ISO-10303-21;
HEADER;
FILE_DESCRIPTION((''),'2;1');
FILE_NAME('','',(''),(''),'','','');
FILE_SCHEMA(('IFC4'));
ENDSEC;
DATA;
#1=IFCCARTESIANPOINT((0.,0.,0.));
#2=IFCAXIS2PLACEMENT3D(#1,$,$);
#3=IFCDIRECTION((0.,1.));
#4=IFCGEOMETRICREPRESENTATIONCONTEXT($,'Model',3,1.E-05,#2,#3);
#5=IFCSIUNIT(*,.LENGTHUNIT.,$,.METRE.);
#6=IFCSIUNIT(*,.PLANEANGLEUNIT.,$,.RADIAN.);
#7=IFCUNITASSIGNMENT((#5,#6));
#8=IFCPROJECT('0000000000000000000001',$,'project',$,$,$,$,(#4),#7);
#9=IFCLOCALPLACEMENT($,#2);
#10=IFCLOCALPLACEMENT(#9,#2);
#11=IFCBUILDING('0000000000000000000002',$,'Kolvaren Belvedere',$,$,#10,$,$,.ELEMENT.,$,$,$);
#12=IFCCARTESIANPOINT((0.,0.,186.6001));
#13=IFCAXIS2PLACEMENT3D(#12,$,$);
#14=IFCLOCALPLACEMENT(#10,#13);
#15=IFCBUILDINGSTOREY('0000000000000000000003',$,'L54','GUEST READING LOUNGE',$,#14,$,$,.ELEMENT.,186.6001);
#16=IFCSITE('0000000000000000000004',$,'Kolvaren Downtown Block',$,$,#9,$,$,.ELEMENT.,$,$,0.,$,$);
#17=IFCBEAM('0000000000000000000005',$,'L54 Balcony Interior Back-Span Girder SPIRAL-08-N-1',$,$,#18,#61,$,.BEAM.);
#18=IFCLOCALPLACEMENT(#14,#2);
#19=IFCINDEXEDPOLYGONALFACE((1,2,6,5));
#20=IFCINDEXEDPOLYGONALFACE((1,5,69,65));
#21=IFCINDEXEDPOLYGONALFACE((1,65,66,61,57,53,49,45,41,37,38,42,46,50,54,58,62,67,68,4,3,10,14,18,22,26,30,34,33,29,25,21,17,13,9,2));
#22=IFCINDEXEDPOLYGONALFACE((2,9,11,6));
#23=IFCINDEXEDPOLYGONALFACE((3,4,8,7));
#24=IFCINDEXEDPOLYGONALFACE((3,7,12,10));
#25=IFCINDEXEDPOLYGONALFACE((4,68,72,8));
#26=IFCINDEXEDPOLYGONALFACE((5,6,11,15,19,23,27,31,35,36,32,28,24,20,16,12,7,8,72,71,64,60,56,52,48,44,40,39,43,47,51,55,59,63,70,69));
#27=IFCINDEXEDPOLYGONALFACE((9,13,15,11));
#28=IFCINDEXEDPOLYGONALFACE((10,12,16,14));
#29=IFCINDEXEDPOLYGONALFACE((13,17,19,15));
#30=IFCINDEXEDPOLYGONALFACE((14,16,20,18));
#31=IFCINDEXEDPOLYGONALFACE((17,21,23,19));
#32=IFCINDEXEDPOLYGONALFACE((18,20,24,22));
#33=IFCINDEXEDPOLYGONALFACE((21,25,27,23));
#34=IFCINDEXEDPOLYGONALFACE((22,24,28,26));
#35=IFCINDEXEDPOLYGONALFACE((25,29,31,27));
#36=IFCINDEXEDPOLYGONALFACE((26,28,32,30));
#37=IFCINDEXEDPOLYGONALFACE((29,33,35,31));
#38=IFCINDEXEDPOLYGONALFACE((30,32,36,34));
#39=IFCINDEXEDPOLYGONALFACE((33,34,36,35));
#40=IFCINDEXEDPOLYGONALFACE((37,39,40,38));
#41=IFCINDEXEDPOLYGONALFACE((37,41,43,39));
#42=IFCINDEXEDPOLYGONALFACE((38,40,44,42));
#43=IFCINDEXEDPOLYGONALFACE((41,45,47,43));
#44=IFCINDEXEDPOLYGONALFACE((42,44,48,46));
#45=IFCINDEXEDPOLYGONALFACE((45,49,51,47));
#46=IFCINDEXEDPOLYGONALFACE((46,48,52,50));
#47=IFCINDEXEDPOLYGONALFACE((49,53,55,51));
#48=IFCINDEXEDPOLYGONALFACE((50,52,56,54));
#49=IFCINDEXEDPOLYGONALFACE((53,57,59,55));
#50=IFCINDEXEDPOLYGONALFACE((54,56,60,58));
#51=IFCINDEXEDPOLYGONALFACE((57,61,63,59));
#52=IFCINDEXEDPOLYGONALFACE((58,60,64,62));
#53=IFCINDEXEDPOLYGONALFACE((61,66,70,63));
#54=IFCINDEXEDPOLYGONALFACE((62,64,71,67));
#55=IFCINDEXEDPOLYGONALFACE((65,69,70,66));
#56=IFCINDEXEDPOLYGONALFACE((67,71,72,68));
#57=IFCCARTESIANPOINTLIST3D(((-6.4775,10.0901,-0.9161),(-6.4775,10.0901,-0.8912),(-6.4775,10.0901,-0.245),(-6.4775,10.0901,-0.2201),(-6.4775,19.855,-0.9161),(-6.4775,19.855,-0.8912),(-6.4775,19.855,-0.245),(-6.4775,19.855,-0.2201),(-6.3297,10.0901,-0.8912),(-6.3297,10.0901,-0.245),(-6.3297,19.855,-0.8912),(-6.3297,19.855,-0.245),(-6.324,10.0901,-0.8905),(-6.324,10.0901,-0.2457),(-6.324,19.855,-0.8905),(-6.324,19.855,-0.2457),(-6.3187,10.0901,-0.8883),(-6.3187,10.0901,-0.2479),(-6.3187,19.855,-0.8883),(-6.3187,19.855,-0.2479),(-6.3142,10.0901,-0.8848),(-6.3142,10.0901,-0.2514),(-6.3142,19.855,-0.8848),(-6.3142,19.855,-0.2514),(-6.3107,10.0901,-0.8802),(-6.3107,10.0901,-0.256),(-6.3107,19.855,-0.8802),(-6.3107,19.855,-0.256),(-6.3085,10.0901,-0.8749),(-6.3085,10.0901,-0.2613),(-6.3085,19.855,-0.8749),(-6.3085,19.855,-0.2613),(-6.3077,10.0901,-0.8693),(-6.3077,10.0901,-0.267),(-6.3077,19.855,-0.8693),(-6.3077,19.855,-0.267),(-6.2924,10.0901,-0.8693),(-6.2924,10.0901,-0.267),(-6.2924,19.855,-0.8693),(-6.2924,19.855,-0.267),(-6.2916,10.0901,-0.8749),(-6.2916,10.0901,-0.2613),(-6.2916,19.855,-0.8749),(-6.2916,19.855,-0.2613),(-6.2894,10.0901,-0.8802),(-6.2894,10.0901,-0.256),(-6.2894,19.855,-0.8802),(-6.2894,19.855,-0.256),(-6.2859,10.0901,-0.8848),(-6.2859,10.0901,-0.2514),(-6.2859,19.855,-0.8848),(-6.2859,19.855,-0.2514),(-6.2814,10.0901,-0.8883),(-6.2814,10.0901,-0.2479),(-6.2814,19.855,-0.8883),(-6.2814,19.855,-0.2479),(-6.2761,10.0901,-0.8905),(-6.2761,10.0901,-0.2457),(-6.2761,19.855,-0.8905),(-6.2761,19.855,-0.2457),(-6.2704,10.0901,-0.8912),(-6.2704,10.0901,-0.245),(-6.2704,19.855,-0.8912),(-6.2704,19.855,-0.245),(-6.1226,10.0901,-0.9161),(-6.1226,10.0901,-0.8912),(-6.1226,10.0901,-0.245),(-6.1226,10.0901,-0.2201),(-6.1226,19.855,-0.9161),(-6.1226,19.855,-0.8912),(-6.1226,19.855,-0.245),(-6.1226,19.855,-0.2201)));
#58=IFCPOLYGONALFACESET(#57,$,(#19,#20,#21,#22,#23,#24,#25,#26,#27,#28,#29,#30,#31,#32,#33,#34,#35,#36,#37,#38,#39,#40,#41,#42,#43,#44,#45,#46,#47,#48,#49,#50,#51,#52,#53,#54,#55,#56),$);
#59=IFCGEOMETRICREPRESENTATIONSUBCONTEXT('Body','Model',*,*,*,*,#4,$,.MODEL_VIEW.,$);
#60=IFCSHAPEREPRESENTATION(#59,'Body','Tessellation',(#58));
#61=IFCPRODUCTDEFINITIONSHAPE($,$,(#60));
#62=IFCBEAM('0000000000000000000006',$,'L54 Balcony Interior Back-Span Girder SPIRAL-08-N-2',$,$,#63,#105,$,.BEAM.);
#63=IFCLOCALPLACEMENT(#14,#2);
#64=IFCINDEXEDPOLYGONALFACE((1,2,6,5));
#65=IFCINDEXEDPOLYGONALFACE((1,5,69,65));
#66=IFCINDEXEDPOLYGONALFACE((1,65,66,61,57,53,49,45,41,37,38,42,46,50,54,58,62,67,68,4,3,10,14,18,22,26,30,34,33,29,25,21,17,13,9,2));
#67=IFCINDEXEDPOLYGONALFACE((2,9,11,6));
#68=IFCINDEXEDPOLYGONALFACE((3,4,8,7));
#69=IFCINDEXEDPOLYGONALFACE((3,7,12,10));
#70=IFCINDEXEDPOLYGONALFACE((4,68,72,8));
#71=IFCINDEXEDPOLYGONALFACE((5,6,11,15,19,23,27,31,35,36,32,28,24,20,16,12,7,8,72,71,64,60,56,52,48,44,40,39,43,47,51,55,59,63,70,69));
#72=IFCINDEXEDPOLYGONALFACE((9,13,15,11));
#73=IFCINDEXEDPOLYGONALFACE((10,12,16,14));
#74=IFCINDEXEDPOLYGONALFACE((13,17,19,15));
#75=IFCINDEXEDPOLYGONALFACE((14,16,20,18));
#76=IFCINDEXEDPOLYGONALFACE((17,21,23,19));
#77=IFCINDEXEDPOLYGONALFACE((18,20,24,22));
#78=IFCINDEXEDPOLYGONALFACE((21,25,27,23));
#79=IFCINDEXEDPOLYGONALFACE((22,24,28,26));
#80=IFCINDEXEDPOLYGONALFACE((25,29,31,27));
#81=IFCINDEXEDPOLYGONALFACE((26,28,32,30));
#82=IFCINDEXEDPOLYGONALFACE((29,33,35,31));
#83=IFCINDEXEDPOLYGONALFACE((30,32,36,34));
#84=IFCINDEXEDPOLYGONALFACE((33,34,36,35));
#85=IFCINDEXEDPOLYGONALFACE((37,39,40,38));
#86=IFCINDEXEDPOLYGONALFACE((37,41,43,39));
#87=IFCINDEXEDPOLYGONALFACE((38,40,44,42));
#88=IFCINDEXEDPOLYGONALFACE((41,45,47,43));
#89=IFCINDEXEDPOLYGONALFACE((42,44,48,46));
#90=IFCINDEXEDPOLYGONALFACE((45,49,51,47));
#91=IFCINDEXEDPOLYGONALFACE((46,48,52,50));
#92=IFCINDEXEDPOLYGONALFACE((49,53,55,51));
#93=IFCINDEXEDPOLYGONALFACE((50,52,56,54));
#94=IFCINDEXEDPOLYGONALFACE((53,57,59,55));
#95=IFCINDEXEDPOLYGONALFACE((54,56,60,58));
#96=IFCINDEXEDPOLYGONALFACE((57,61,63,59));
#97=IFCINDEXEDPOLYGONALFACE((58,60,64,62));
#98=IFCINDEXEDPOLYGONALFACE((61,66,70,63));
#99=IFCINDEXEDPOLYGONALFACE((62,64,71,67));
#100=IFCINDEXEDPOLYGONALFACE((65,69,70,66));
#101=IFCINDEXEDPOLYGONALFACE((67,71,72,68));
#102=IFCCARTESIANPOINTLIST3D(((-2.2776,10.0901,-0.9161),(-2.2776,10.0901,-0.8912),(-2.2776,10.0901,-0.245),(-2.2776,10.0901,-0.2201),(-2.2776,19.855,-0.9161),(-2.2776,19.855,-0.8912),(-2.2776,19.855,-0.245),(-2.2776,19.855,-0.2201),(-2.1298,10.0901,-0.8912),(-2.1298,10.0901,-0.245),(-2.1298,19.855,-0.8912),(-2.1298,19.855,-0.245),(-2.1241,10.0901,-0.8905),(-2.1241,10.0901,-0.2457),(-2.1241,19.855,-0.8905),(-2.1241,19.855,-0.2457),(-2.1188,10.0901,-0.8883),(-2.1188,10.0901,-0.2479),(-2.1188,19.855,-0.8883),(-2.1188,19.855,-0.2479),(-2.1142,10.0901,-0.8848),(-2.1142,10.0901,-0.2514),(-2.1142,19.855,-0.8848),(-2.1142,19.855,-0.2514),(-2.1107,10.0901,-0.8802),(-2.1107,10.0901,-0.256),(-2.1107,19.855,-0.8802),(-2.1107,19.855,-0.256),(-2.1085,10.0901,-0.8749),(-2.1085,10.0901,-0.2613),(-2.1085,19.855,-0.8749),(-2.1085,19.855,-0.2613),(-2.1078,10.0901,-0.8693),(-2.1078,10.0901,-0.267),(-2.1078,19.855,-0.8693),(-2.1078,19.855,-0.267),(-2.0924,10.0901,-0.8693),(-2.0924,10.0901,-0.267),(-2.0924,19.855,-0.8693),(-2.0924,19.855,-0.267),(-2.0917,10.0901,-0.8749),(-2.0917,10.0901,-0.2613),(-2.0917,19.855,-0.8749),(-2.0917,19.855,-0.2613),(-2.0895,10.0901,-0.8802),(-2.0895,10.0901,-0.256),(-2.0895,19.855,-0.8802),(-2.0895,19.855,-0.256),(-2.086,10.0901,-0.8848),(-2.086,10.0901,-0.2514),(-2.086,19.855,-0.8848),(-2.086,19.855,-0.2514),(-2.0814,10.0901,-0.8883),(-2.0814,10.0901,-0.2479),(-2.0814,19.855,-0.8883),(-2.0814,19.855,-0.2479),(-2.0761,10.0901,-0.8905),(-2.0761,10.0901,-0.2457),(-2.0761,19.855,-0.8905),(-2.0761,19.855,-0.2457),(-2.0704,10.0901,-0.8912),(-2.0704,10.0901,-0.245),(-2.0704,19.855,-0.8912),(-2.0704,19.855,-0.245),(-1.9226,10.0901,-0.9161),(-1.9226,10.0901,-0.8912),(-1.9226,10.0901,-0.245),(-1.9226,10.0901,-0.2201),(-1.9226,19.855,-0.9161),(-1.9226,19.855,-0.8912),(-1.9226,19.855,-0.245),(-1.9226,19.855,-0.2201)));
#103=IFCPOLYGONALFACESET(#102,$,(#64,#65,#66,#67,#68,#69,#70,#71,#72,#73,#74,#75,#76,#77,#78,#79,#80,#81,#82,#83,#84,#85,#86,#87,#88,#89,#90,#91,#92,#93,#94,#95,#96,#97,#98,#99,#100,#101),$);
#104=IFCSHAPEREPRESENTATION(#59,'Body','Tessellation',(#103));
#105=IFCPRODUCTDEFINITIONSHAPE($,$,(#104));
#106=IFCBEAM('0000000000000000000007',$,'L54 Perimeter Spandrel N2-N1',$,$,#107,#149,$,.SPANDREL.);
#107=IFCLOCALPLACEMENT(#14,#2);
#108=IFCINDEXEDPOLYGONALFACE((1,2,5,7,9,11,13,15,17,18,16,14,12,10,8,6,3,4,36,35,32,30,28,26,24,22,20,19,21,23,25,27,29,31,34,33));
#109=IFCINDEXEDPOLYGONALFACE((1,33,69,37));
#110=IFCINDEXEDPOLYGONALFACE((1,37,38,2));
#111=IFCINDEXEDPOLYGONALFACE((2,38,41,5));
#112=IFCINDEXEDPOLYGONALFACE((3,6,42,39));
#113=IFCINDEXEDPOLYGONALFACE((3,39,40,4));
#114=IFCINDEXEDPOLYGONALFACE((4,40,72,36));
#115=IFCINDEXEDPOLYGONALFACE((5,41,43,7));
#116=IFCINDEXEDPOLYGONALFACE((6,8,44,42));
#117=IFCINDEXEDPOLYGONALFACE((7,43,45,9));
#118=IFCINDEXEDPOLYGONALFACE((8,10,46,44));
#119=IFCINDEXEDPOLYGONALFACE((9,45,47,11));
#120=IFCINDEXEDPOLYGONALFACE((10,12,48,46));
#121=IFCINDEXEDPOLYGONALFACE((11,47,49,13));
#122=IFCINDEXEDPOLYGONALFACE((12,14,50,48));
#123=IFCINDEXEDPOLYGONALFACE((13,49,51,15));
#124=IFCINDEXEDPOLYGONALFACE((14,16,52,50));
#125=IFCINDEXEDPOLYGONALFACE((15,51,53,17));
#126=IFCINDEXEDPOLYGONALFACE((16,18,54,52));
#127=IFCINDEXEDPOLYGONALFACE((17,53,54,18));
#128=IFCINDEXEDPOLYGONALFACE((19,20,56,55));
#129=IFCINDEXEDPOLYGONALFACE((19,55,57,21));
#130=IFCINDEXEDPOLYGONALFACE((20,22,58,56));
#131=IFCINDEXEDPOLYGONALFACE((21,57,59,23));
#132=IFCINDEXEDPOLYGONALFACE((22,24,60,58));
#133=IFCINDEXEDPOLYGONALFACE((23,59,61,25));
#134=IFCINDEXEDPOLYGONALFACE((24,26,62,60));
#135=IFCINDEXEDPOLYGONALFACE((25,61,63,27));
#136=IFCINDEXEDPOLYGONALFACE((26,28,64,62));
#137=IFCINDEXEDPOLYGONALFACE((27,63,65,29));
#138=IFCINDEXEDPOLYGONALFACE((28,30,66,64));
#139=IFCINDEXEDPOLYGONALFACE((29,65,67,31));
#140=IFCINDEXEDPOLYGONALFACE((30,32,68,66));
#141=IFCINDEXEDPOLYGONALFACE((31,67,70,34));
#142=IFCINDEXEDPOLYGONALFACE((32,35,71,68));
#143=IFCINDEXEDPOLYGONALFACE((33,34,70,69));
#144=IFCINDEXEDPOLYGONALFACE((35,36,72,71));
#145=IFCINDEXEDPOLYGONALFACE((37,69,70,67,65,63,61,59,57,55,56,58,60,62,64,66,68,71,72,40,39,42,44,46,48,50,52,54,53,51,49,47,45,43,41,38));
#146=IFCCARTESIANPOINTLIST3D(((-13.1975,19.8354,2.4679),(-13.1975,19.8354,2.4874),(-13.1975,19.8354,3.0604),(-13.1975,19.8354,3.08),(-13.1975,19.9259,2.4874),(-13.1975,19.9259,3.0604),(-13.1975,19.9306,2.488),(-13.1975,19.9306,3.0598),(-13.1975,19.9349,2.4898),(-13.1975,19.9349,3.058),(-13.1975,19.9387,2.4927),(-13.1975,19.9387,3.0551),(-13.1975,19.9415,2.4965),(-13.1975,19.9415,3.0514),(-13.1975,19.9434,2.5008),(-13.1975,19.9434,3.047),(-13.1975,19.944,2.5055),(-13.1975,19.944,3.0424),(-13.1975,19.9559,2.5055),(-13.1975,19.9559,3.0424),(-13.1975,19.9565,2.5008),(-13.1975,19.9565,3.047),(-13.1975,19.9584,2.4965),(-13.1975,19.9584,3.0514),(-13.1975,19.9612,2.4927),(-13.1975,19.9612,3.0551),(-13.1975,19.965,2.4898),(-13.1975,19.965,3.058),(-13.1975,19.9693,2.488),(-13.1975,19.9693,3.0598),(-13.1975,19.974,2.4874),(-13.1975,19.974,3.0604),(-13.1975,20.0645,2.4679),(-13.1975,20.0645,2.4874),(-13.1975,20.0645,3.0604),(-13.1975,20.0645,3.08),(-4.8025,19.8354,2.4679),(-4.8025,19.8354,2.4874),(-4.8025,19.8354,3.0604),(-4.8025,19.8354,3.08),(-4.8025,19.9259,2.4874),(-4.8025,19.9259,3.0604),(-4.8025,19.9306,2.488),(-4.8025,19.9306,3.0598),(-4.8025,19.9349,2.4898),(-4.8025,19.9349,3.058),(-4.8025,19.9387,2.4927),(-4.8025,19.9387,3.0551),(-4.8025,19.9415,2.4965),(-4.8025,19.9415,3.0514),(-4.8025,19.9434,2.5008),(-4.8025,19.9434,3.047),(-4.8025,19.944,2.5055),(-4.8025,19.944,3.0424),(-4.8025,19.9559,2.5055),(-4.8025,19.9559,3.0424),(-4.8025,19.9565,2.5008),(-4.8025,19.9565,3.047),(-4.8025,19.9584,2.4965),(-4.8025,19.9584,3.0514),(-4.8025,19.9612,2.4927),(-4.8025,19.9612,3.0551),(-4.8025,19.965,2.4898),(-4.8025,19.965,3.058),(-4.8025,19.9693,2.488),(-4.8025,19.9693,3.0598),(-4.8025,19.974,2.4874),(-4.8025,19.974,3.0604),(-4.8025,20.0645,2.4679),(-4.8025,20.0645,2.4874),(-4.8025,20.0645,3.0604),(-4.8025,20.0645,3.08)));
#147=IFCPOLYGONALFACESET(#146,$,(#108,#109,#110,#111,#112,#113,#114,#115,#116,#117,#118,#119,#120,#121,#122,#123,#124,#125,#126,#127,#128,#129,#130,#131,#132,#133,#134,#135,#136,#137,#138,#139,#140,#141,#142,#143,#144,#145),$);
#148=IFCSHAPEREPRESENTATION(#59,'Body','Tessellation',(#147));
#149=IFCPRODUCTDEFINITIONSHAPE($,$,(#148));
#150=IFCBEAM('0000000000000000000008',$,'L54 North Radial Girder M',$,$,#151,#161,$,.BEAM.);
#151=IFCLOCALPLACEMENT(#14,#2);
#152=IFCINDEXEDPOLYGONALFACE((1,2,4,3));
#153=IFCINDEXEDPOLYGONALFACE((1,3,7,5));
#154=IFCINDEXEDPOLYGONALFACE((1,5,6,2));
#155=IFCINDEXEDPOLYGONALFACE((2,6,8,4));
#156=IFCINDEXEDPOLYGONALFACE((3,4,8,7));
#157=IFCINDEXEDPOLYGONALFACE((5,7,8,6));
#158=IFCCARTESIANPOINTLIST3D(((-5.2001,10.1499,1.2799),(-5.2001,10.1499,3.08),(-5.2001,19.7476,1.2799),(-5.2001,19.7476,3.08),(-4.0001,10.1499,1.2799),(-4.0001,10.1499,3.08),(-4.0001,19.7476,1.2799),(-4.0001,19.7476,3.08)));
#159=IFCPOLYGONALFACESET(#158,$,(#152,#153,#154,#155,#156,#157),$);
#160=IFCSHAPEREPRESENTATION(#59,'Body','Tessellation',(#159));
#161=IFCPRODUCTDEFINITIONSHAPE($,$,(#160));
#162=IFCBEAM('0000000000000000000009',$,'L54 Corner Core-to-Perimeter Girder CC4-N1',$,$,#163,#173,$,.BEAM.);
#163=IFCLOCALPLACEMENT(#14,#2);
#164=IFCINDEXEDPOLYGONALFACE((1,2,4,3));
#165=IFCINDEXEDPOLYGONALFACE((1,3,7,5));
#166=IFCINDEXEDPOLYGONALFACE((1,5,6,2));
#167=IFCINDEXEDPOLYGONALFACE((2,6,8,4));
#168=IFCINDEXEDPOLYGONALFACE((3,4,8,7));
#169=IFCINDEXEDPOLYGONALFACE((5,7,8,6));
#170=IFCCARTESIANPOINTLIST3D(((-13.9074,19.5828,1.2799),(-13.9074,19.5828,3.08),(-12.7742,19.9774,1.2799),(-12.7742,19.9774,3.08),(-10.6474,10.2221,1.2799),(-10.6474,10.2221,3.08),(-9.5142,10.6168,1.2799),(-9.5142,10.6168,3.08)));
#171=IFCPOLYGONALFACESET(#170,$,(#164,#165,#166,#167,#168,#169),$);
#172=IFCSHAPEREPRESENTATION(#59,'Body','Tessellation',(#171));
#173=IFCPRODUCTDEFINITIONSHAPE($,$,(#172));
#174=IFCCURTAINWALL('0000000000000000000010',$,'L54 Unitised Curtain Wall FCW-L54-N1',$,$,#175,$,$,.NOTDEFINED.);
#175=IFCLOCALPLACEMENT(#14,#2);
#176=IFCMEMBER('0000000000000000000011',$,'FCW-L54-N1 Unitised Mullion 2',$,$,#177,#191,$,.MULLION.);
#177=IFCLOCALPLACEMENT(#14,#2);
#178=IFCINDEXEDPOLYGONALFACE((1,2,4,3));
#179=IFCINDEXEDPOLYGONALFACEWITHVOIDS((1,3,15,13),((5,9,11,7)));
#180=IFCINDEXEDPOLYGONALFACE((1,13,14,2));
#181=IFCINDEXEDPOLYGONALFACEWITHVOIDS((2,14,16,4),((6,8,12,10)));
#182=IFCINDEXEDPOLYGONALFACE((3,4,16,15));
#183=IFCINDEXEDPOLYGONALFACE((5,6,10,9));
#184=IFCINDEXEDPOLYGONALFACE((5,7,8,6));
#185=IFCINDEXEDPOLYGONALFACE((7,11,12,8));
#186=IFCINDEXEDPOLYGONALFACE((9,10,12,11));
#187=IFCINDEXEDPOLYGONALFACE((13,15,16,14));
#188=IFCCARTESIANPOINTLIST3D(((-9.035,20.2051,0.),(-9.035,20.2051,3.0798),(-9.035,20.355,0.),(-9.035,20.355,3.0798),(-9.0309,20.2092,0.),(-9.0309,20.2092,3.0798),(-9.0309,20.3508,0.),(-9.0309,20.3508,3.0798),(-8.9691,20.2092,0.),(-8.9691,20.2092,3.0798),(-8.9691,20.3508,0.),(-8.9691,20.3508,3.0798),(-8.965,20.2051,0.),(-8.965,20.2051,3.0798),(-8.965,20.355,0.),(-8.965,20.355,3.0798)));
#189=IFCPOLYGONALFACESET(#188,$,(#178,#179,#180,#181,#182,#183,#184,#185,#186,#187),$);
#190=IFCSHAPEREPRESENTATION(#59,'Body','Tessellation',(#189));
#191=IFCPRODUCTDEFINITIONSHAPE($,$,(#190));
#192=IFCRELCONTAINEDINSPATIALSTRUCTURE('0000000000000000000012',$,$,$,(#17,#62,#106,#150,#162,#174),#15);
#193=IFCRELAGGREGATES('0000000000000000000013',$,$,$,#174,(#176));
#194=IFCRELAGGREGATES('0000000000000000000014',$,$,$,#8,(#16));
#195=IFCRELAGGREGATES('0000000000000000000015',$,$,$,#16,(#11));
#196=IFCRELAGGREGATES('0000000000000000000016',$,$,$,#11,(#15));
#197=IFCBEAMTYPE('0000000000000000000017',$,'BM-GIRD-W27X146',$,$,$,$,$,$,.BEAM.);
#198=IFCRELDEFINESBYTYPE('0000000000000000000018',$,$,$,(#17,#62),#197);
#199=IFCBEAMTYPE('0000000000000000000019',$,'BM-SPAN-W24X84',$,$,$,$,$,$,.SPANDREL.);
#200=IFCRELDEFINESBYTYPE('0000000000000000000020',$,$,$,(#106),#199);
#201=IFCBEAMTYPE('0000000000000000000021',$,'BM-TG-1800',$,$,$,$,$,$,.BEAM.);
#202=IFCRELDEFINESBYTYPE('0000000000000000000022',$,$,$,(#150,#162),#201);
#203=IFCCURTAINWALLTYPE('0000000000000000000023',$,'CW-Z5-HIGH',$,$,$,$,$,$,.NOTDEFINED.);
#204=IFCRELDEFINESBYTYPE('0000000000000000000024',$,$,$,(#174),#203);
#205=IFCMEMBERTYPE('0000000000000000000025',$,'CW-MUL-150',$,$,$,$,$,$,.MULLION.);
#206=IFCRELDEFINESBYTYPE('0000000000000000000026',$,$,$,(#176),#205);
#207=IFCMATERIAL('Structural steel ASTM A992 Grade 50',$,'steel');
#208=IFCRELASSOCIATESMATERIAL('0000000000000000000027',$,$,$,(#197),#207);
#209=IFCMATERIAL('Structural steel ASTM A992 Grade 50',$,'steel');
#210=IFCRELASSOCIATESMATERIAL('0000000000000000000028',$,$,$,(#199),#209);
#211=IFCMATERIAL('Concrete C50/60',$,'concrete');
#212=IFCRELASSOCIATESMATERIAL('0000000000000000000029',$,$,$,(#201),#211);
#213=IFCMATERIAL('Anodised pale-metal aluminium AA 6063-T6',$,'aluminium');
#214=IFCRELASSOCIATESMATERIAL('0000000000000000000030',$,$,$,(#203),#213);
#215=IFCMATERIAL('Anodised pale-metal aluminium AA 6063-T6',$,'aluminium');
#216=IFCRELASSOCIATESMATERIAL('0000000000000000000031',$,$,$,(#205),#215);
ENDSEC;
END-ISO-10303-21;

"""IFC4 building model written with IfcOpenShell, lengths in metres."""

from ifc_helpers import new_model, si_unit, direction, frame, origin, origin_2d, place, context, subcontext, project, spatial, rectangle, hollow_rectangle, i_section, extrude, material, material_profile, profile_set, type_object, element, aggregate, save


model = new_model("IFC4")

# Units and contexts
model_context = context("Model", 3, precision=1e-05, world=origin(), true_north=direction((0.0, 1.0)))
body_context = subcontext(model_context, "Body", "Model", "MODEL_VIEW")
ifc_project = project(units=[si_unit("LENGTHUNIT", "METRE"), si_unit("PLANEANGLEUNIT", "RADIAN")], contexts=[model_context])

# Site, building, storey
site_placement = place(None, origin())
site = spatial("IfcSite", under=ifc_project, at=site_placement, Name="Kolvaren Downtown Block", CompositionType="ELEMENT", RefElevation=0.0)
building_placement = place(site_placement, origin())
building = spatial("IfcBuilding", under=site, at=building_placement, Name="Kolvaren Belvedere", CompositionType="ELEMENT")
storey_placement = place(building_placement, frame((0.0, 0.0, 186.6001)))
storey = spatial("IfcBuildingStorey", under=building, at=storey_placement, Name="L54", Description="GUEST READING LOUNGE", CompositionType="ELEMENT", Elevation=186.6001)

# Beams
ifc_material_1 = material(Name="Structural steel ASTM A992 Grade 50", Category="steel")
ifc_material_profile_1 = material_profile(ifc_material_1, i_section(OverallWidth=0.355, OverallDepth=0.696, WebThickness=0.0154, FlangeThickness=0.0249, FilletRadius=0.022, at=origin_2d()), Name="W27X146")
ifc_profile_set_1 = profile_set([ifc_material_profile_1], Name="Structural steel ASTM A992 Grade 50")
beam_type_1 = type_object("IfcBeamType", Name="BM-GIRD-W27X146", PredefinedType="BEAM", material=ifc_profile_set_1)
for number, where, z_axis, x_axis, name in (
    (1, (-6.3, 10.0901, -0.5681), (0.0, 1.0, 0.0), (-1.0, 0.0, 0.0), "L54 Balcony Interior Back-Span Girder SPIRAL-08-N-1"),
    (2, (-2.1001, 10.0901, -0.5681), (0.0, 1.0, 0.0), (-1.0, 0.0, 0.0), "L54 Balcony Interior Back-Span Girder SPIRAL-08-N-2"),
):
    element("IfcBeam", number, at=place(storey_placement, frame(where, z_axis=z_axis, x_axis=x_axis)), inside=storey, type_object=beam_type_1, Name=name, PredefinedType="BEAM", context=body_context, shape_type="SweptSolid", body=[
        extrude(i_section(OverallWidth=0.355, OverallDepth=0.696, WebThickness=0.0154, FlangeThickness=0.0249, FilletRadius=0.022, at=origin_2d()), origin(), (0.0, 0.0, 1.0), 9.7649),
    ])
ifc_material_2 = material(Name="Structural steel ASTM A992 Grade 50", Category="steel")
ifc_material_profile_2 = material_profile(ifc_material_2, i_section(OverallWidth=0.229, OverallDepth=0.6121, WebThickness=0.012, FlangeThickness=0.0195, FilletRadius=0.0181, at=origin_2d()), Name="W24X84")
ifc_profile_set_2 = profile_set([ifc_material_profile_2], Name="Structural steel ASTM A992 Grade 50")
beam_type_2 = type_object("IfcBeamType", Name="BM-SPAN-W24X84", PredefinedType="SPANDREL", material=ifc_profile_set_2)
beam_1_placement = place(storey_placement, frame((-4.8025, 19.95, 2.7739), z_axis=(-1.0, 0.0, 0.0), x_axis=(0.0, -1.0, 0.0)))
element("IfcBeam", 3, at=beam_1_placement, inside=storey, type_object=beam_type_2, Name="L54 Perimeter Spandrel N2-N1", PredefinedType="SPANDREL", context=body_context, shape_type="SweptSolid", body=[
    extrude(i_section(OverallWidth=0.229, OverallDepth=0.6121, WebThickness=0.012, FlangeThickness=0.0195, FilletRadius=0.0181, at=origin_2d()), origin(), (0.0, 0.0, 1.0), 8.395),
])
ifc_material_3 = material(Name="Concrete C50/60", Category="concrete")
ifc_material_profile_3 = material_profile(ifc_material_3, rectangle(XDim=1.2, YDim=1.8, at=origin_2d()), Name="RC 1200X1800")
ifc_profile_set_3 = profile_set([ifc_material_profile_3], Name="Concrete C50/60")
beam_type_3 = type_object("IfcBeamType", Name="BM-TG-1800", PredefinedType="BEAM", material=ifc_profile_set_3)
beam_2_placement = place(storey_placement, frame((-4.6001, 10.1499, 2.1799), z_axis=(0.0, 1.0, 0.0), x_axis=(-1.0, 0.0, 0.0)))
element("IfcBeam", 4, at=beam_2_placement, inside=storey, type_object=beam_type_3, Name="L54 North Radial Girder M", PredefinedType="BEAM", context=body_context, shape_type="SweptSolid", body=[
    extrude(rectangle(XDim=1.2, YDim=1.8, at=origin_2d()), origin(), (0.0, 0.0, 1.0), 9.5977),
])
beam_3_placement = place(storey_placement, frame((-10.0808, 10.4194, 2.1799), z_axis=(-0.328894, 0.944367, 0.0), x_axis=(-0.944367, -0.328894, 0.0)))
element("IfcBeam", 5, at=beam_3_placement, inside=storey, type_object=beam_type_3, Name="L54 Corner Core-to-Perimeter Girder CC4-N1", PredefinedType="BEAM", context=body_context, shape_type="SweptSolid", body=[
    extrude(rectangle(XDim=1.2, YDim=1.8, at=origin_2d()), origin(), (0.0, 0.0, 1.0), 9.9121),
])

# Curtain wall, member
ifc_material_4 = material(Name="Anodised pale-metal aluminium AA 6063-T6", Category="aluminium")
curtain_wall_type = type_object("IfcCurtainWallType", Name="CW-Z5-HIGH", PredefinedType="NOTDEFINED", material=ifc_material_4)
curtain_wall_1_placement = place(storey_placement, origin())
curtain_wall_1 = element("IfcCurtainWall", 6, at=curtain_wall_1_placement, inside=storey, type_object=curtain_wall_type, Name="L54 Unitised Curtain Wall FCW-L54-N1", PredefinedType="NOTDEFINED")
ifc_material_5 = material(Name="Anodised pale-metal aluminium AA 6063-T6", Category="aluminium")
ifc_material_profile_4 = material_profile(ifc_material_5, hollow_rectangle(XDim=0.0701, YDim=0.1499, WallThickness=0.0042, at=origin_2d()), Name="ALU-MUL-150X70")
ifc_profile_set_4 = profile_set([ifc_material_profile_4], Name="Anodised pale-metal aluminium AA 6063-T6")
member_type_1 = type_object("IfcMemberType", Name="CW-MUL-150", PredefinedType="MULLION", material=ifc_profile_set_4)
member_1_placement = place(storey_placement, frame((-9.0, 20.28, 0.0), z_axis=(0.0, 0.0, 1.0), x_axis=(1.0, 0.0, 0.0)))
member_1 = element("IfcMember", 7, at=member_1_placement, type_object=member_type_1, Name="FCW-L54-N1 Unitised Mullion 2", PredefinedType="MULLION", context=body_context, shape_type="SweptSolid", body=[
    extrude(hollow_rectangle(XDim=0.0701, YDim=0.1499, WallThickness=0.0042, at=origin_2d()), origin(), (0.0, 0.0, 1.0), 3.0798),
])

aggregate(curtain_wall_1, [member_1])

save(model, "model.ifc")
